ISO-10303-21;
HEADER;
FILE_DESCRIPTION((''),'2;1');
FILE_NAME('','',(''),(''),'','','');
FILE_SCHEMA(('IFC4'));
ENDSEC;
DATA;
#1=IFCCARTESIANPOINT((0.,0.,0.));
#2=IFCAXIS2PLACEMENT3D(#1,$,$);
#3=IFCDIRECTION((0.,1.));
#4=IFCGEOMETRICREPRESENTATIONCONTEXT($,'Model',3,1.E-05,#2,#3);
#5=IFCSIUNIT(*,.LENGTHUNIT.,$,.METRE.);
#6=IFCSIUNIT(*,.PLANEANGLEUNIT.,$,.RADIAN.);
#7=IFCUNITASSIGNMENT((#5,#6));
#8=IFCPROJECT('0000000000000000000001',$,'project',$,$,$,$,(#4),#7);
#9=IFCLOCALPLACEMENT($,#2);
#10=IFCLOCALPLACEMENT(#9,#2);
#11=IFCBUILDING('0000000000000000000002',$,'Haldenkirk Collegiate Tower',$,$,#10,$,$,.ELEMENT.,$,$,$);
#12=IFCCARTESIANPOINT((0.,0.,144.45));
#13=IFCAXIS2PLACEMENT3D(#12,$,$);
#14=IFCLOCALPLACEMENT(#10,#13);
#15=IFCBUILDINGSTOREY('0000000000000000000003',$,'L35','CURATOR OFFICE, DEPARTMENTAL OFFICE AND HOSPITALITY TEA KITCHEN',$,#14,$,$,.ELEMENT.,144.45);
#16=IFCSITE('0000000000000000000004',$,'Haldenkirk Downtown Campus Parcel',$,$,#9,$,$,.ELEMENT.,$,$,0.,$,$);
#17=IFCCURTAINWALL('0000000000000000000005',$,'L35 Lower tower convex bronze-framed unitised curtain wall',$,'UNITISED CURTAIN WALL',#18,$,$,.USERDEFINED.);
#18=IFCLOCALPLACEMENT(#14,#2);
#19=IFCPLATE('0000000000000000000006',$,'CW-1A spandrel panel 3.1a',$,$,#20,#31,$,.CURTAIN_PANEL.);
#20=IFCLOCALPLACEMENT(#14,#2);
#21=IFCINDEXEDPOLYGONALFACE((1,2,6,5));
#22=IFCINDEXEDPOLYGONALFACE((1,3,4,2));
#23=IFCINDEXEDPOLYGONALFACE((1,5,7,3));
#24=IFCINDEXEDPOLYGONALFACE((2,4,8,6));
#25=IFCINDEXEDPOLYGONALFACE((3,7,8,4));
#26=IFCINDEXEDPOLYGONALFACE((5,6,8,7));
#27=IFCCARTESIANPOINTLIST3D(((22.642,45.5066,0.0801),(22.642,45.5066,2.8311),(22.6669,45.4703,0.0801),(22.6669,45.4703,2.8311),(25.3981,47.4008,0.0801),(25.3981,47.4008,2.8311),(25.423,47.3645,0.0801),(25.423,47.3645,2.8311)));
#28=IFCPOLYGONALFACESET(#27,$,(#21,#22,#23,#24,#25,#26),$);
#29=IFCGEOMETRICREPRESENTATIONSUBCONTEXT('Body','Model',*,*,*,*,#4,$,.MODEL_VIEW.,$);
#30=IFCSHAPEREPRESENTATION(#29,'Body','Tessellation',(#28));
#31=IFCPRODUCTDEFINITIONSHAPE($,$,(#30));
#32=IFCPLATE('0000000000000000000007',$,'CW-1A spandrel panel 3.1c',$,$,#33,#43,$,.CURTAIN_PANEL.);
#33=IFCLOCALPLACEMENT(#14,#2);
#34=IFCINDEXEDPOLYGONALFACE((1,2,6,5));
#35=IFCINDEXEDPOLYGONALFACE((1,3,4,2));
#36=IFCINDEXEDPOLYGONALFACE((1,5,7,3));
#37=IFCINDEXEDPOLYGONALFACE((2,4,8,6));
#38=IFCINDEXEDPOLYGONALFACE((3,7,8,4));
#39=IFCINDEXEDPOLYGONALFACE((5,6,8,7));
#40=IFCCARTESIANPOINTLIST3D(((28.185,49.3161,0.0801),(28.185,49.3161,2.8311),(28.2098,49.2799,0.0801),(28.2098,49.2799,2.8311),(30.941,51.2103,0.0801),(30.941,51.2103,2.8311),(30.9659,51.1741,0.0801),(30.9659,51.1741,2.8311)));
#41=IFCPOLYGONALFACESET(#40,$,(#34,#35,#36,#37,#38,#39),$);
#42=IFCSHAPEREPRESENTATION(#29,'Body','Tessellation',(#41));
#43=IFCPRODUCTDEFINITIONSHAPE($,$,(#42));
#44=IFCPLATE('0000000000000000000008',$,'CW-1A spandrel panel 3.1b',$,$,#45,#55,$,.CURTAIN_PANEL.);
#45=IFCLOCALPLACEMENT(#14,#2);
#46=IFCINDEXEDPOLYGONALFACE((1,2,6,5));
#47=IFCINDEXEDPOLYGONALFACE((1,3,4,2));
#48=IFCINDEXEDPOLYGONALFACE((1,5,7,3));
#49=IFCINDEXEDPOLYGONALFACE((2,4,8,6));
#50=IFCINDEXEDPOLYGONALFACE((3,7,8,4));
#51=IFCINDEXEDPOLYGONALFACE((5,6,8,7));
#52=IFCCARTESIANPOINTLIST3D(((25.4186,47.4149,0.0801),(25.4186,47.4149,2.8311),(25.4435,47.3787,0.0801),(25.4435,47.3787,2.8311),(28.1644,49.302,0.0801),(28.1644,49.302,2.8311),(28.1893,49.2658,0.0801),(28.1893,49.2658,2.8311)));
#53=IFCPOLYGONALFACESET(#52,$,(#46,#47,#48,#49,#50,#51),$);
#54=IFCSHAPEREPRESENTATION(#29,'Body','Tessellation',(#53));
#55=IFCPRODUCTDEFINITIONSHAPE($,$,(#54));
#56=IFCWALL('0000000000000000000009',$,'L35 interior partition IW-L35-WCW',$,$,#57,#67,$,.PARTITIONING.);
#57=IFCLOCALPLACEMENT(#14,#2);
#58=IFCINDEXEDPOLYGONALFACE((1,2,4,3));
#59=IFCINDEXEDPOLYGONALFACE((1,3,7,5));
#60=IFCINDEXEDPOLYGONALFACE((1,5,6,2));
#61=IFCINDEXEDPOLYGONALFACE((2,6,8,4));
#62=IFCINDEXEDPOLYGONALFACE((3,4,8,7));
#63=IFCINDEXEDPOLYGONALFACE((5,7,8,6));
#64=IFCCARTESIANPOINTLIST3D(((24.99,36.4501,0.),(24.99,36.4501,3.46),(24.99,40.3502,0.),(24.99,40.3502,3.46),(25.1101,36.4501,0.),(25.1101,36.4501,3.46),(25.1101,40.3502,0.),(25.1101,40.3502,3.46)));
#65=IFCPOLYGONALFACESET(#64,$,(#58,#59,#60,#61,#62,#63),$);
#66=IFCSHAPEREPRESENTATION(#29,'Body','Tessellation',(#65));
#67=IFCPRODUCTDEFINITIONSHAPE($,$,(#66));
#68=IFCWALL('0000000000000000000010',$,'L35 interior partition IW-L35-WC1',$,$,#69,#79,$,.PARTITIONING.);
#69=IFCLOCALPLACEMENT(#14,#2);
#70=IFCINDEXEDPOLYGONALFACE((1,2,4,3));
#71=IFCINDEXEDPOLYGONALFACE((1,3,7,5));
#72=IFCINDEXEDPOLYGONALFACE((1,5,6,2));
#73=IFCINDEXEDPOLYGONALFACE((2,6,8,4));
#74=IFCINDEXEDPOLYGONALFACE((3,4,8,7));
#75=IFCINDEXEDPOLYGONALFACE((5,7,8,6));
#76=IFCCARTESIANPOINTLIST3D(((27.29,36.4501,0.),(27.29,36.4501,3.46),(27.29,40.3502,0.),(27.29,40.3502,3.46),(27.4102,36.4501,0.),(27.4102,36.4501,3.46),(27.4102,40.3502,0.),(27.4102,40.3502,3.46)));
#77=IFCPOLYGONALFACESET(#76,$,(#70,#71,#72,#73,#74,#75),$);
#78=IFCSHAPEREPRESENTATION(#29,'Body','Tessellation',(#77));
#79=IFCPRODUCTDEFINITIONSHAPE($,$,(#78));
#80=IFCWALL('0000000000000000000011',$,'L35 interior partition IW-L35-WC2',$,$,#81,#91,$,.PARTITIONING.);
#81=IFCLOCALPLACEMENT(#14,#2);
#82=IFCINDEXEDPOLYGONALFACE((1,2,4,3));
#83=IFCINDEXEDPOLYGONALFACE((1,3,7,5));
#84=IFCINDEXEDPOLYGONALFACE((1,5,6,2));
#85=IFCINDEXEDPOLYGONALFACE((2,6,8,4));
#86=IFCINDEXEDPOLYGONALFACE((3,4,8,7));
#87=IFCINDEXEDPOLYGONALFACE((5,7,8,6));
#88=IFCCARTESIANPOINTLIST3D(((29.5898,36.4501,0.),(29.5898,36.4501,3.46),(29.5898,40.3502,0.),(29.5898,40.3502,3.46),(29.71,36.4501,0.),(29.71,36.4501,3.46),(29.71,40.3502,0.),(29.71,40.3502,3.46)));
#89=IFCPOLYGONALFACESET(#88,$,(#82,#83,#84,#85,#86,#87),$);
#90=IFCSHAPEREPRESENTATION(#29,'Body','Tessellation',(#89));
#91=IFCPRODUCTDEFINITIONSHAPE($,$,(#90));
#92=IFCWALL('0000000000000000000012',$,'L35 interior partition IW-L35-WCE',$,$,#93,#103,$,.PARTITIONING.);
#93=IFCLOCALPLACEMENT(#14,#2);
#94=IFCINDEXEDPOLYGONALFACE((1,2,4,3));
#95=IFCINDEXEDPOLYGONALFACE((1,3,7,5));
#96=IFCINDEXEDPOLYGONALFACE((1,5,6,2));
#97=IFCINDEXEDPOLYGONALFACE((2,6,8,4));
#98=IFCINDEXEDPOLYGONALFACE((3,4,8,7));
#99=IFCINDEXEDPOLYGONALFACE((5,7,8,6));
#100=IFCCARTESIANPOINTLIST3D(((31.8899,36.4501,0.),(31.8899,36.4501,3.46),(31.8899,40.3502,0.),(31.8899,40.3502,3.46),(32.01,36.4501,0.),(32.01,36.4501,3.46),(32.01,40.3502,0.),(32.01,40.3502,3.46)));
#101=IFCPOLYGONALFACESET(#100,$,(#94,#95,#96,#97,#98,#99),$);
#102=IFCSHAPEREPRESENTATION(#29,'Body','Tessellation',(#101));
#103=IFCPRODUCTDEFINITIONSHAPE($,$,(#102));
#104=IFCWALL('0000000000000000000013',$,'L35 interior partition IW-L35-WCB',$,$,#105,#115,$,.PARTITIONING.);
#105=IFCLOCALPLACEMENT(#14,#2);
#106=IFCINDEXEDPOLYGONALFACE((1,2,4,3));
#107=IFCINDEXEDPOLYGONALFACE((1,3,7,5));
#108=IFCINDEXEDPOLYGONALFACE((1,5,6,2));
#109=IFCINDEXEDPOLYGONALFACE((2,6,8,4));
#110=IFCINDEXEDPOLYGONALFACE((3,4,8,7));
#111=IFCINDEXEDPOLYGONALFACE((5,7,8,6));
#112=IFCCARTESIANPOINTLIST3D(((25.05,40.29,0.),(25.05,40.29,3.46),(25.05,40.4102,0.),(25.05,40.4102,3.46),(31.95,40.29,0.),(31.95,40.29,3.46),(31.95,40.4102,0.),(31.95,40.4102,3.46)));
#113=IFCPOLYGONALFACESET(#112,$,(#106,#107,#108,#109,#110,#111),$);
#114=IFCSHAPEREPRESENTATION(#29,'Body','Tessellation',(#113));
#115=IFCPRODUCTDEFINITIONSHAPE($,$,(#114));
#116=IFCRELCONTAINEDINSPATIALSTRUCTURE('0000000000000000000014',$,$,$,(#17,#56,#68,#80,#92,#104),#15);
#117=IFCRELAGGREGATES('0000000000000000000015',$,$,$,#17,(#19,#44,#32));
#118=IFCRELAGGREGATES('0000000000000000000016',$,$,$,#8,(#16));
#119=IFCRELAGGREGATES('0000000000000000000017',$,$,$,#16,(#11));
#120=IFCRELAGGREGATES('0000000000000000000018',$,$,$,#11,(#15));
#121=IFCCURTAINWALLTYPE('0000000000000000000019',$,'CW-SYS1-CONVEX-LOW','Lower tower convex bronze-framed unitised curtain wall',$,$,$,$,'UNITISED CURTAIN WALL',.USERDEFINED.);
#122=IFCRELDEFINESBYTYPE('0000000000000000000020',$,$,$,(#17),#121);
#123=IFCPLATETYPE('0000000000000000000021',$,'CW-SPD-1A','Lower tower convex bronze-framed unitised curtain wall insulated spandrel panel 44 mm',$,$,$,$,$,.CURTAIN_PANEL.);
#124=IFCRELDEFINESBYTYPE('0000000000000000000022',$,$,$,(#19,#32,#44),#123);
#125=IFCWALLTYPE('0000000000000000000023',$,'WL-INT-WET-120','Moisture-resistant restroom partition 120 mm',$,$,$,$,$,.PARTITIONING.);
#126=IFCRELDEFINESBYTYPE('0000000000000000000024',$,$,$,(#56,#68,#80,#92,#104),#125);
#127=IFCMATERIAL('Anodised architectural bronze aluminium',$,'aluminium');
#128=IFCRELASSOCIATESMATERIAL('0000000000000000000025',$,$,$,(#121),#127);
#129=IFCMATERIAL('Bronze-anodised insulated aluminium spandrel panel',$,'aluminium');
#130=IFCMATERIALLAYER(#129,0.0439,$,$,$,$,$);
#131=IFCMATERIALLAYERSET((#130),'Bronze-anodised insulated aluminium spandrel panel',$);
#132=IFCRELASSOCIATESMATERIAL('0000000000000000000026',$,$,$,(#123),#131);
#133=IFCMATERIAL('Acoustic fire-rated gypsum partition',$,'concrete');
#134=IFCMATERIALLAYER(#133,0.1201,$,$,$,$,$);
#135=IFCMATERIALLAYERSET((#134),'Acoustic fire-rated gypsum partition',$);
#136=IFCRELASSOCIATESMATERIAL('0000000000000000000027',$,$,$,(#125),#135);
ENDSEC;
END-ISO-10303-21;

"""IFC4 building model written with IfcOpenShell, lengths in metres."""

from ifc_helpers import new_model, si_unit, direction, frame, frame_2d, origin, origin_2d, place, context, subcontext, project, spatial, rectangle, extrude, source, transform, mapped, material, layer, layer_set, type_object, element, aggregate, save


model = new_model("IFC4")

# Units and contexts
model_context = context("Model", 3, precision=1e-05, world=origin(), true_north=direction((0.0, 1.0)))
body_context = subcontext(model_context, "Body", "Model", "MODEL_VIEW")
ifc_project = project(units=[si_unit("LENGTHUNIT", "METRE"), si_unit("PLANEANGLEUNIT", "RADIAN")], contexts=[model_context])

# Site, building, storey
site_placement = place(None, origin())
site = spatial("IfcSite", under=ifc_project, at=site_placement, Name="Haldenkirk Downtown Campus Parcel", CompositionType="ELEMENT", RefElevation=0.0)
building_placement = place(site_placement, origin())
building = spatial("IfcBuilding", under=site, at=building_placement, Name="Haldenkirk Collegiate Tower", CompositionType="ELEMENT")
storey_placement = place(building_placement, frame((0.0, 0.0, 144.45)))
storey = spatial("IfcBuildingStorey", under=building, at=storey_placement, Name="L35", Description="CURATOR OFFICE, DEPARTMENTAL OFFICE AND HOSPITALITY TEA KITCHEN", CompositionType="ELEMENT", Elevation=144.45)

# Curtain wall
ifc_material_1 = material(Name="Anodised architectural bronze aluminium", Category="aluminium")
curtain_wall_type = type_object("IfcCurtainWallType", Name="CW-SYS1-CONVEX-LOW", Description="Lower tower convex bronze-framed unitised curtain wall", ElementType="UNITISED CURTAIN WALL", PredefinedType="USERDEFINED", material=ifc_material_1)
curtain_wall_placement = place(storey_placement, origin())
curtain_wall = element("IfcCurtainWall", 1, at=curtain_wall_placement, inside=storey, type_object=curtain_wall_type, Name="L35 Lower tower convex bronze-framed unitised curtain wall", ObjectType="UNITISED CURTAIN WALL", PredefinedType="USERDEFINED")

# Plates
ifc_material_2 = material(Name="Bronze-anodised insulated aluminium spandrel panel", Category="aluminium")
ifc_layer_1 = layer(ifc_material_2, 0.0439)
ifc_layer_set_1 = layer_set([ifc_layer_1], Name="Bronze-anodised insulated aluminium spandrel panel")
plate_type_1 = type_object("IfcPlateType", Name="CW-SPD-1A", Description="Lower tower convex bronze-framed unitised curtain wall insulated spandrel panel 44 mm", PredefinedType="CURTAIN_PANEL", material=ifc_layer_set_1)
shared_shape_1 = source(origin(), body_context, "Body", "SweptSolid", [
    extrude(rectangle(XDim=3.3442, YDim=0.0439, at=origin_2d()), origin(), (0.0, 0.0, 1.0), 2.751),
])
plate_1_placement = place(storey_placement, frame((24.0325, 46.4355, 0.0801), z_axis=(0.0, 0.0, 1.0), x_axis=(0.824127, 0.566405, 0.0)))
plate_1 = element("IfcPlate", 2, at=plate_1_placement, type_object=plate_type_1, Name="CW-1A spandrel panel 3.1a", PredefinedType="CURTAIN_PANEL", context=body_context, shape_type="MappedRepresentation", body=[
    mapped(shared_shape_1, transform((0.0, 0.0, 0.0), x_axis=(1.0, 0.0, 0.0), y_axis=(0.0, 1.0, 0.0), z_axis=(0.0, 0.0, 1.0), scale=1.0)),
])
plate_2_placement = place(storey_placement, frame((29.5754, 50.2451, 0.0801), z_axis=(0.0, 0.0, 1.0), x_axis=(0.824127, 0.566405, 0.0)))
plate_2 = element("IfcPlate", 3, at=plate_2_placement, type_object=plate_type_1, Name="CW-1A spandrel panel 3.1c", PredefinedType="CURTAIN_PANEL", context=body_context, shape_type="MappedRepresentation", body=[
    mapped(shared_shape_1, transform((0.0, 0.0, 0.0), x_axis=(1.0, 0.0, 0.0), y_axis=(0.0, 1.0, 0.0), z_axis=(0.0, 0.0, 1.0), scale=1.0)),
])
shared_shape_2 = source(origin(), body_context, "Body", "SweptSolid", [
    extrude(rectangle(XDim=3.3318, YDim=0.0439, at=origin_2d()), origin(), (0.0, 0.0, 1.0), 2.751),
])
plate_3_placement = place(storey_placement, frame((26.804, 48.3403, 0.0801), z_axis=(0.0, 0.0, 1.0), x_axis=(0.824127, 0.566405, 0.0)))
plate_3 = element("IfcPlate", 4, at=plate_3_placement, type_object=plate_type_1, Name="CW-1A spandrel panel 3.1b", PredefinedType="CURTAIN_PANEL", context=body_context, shape_type="MappedRepresentation", body=[
    mapped(shared_shape_2, transform((0.0, 0.0, 0.0), x_axis=(1.0, 0.0, 0.0), y_axis=(0.0, 1.0, 0.0), z_axis=(0.0, 0.0, 1.0), scale=1.0)),
])
aggregate(curtain_wall, [plate_1, plate_3, plate_2])

# Walls
ifc_material_3 = material(Name="Acoustic fire-rated gypsum partition", Category="concrete")
ifc_layer_2 = layer(ifc_material_3, 0.1201)
ifc_layer_set_2 = layer_set([ifc_layer_2], Name="Acoustic fire-rated gypsum partition")
wall_type_1 = type_object("IfcWallType", Name="WL-INT-WET-120", Description="Moisture-resistant restroom partition 120 mm", PredefinedType="PARTITIONING", material=ifc_layer_set_2)
for number, where, z_axis, x_axis, name in (
    (5, (25.05, 36.45, 0.0), (0.0, 0.0, 1.0), (0.0, 1.0, 0.0), "L35 interior partition IW-L35-WCW"),
    (6, (27.3501, 36.45, 0.0), (0.0, 0.0, 1.0), (0.0, 1.0, 0.0), "L35 interior partition IW-L35-WC1"),
    (7, (29.6499, 36.45, 0.0), (0.0, 0.0, 1.0), (0.0, 1.0, 0.0), "L35 interior partition IW-L35-WC2"),
    (8, (31.95, 36.45, 0.0), (0.0, 0.0, 1.0), (0.0, 1.0, 0.0), "L35 interior partition IW-L35-WCE"),
):
    element("IfcWall", number, at=place(storey_placement, frame(where, z_axis=z_axis, x_axis=x_axis)), inside=storey, type_object=wall_type_1, Name=name, PredefinedType="PARTITIONING", context=body_context, shape_type="SweptSolid", body=[
        extrude(rectangle(XDim=3.9001, YDim=0.1201, at=frame_2d((1.9502, 0.0))), origin(), (0.0, 0.0, 1.0), 3.46),
    ])
wall_1_placement = place(storey_placement, frame((25.05, 40.3501, 0.0), z_axis=(0.0, 0.0, 1.0), x_axis=(1.0, 0.0, 0.0)))
element("IfcWall", 9, at=wall_1_placement, inside=storey, type_object=wall_type_1, Name="L35 interior partition IW-L35-WCB", PredefinedType="PARTITIONING", context=body_context, shape_type="SweptSolid", body=[
    extrude(rectangle(XDim=6.8999, YDim=0.1201, at=frame_2d((3.45, 0.0))), origin(), (0.0, 0.0, 1.0), 3.46),
])

save(model, "model.ifc")
